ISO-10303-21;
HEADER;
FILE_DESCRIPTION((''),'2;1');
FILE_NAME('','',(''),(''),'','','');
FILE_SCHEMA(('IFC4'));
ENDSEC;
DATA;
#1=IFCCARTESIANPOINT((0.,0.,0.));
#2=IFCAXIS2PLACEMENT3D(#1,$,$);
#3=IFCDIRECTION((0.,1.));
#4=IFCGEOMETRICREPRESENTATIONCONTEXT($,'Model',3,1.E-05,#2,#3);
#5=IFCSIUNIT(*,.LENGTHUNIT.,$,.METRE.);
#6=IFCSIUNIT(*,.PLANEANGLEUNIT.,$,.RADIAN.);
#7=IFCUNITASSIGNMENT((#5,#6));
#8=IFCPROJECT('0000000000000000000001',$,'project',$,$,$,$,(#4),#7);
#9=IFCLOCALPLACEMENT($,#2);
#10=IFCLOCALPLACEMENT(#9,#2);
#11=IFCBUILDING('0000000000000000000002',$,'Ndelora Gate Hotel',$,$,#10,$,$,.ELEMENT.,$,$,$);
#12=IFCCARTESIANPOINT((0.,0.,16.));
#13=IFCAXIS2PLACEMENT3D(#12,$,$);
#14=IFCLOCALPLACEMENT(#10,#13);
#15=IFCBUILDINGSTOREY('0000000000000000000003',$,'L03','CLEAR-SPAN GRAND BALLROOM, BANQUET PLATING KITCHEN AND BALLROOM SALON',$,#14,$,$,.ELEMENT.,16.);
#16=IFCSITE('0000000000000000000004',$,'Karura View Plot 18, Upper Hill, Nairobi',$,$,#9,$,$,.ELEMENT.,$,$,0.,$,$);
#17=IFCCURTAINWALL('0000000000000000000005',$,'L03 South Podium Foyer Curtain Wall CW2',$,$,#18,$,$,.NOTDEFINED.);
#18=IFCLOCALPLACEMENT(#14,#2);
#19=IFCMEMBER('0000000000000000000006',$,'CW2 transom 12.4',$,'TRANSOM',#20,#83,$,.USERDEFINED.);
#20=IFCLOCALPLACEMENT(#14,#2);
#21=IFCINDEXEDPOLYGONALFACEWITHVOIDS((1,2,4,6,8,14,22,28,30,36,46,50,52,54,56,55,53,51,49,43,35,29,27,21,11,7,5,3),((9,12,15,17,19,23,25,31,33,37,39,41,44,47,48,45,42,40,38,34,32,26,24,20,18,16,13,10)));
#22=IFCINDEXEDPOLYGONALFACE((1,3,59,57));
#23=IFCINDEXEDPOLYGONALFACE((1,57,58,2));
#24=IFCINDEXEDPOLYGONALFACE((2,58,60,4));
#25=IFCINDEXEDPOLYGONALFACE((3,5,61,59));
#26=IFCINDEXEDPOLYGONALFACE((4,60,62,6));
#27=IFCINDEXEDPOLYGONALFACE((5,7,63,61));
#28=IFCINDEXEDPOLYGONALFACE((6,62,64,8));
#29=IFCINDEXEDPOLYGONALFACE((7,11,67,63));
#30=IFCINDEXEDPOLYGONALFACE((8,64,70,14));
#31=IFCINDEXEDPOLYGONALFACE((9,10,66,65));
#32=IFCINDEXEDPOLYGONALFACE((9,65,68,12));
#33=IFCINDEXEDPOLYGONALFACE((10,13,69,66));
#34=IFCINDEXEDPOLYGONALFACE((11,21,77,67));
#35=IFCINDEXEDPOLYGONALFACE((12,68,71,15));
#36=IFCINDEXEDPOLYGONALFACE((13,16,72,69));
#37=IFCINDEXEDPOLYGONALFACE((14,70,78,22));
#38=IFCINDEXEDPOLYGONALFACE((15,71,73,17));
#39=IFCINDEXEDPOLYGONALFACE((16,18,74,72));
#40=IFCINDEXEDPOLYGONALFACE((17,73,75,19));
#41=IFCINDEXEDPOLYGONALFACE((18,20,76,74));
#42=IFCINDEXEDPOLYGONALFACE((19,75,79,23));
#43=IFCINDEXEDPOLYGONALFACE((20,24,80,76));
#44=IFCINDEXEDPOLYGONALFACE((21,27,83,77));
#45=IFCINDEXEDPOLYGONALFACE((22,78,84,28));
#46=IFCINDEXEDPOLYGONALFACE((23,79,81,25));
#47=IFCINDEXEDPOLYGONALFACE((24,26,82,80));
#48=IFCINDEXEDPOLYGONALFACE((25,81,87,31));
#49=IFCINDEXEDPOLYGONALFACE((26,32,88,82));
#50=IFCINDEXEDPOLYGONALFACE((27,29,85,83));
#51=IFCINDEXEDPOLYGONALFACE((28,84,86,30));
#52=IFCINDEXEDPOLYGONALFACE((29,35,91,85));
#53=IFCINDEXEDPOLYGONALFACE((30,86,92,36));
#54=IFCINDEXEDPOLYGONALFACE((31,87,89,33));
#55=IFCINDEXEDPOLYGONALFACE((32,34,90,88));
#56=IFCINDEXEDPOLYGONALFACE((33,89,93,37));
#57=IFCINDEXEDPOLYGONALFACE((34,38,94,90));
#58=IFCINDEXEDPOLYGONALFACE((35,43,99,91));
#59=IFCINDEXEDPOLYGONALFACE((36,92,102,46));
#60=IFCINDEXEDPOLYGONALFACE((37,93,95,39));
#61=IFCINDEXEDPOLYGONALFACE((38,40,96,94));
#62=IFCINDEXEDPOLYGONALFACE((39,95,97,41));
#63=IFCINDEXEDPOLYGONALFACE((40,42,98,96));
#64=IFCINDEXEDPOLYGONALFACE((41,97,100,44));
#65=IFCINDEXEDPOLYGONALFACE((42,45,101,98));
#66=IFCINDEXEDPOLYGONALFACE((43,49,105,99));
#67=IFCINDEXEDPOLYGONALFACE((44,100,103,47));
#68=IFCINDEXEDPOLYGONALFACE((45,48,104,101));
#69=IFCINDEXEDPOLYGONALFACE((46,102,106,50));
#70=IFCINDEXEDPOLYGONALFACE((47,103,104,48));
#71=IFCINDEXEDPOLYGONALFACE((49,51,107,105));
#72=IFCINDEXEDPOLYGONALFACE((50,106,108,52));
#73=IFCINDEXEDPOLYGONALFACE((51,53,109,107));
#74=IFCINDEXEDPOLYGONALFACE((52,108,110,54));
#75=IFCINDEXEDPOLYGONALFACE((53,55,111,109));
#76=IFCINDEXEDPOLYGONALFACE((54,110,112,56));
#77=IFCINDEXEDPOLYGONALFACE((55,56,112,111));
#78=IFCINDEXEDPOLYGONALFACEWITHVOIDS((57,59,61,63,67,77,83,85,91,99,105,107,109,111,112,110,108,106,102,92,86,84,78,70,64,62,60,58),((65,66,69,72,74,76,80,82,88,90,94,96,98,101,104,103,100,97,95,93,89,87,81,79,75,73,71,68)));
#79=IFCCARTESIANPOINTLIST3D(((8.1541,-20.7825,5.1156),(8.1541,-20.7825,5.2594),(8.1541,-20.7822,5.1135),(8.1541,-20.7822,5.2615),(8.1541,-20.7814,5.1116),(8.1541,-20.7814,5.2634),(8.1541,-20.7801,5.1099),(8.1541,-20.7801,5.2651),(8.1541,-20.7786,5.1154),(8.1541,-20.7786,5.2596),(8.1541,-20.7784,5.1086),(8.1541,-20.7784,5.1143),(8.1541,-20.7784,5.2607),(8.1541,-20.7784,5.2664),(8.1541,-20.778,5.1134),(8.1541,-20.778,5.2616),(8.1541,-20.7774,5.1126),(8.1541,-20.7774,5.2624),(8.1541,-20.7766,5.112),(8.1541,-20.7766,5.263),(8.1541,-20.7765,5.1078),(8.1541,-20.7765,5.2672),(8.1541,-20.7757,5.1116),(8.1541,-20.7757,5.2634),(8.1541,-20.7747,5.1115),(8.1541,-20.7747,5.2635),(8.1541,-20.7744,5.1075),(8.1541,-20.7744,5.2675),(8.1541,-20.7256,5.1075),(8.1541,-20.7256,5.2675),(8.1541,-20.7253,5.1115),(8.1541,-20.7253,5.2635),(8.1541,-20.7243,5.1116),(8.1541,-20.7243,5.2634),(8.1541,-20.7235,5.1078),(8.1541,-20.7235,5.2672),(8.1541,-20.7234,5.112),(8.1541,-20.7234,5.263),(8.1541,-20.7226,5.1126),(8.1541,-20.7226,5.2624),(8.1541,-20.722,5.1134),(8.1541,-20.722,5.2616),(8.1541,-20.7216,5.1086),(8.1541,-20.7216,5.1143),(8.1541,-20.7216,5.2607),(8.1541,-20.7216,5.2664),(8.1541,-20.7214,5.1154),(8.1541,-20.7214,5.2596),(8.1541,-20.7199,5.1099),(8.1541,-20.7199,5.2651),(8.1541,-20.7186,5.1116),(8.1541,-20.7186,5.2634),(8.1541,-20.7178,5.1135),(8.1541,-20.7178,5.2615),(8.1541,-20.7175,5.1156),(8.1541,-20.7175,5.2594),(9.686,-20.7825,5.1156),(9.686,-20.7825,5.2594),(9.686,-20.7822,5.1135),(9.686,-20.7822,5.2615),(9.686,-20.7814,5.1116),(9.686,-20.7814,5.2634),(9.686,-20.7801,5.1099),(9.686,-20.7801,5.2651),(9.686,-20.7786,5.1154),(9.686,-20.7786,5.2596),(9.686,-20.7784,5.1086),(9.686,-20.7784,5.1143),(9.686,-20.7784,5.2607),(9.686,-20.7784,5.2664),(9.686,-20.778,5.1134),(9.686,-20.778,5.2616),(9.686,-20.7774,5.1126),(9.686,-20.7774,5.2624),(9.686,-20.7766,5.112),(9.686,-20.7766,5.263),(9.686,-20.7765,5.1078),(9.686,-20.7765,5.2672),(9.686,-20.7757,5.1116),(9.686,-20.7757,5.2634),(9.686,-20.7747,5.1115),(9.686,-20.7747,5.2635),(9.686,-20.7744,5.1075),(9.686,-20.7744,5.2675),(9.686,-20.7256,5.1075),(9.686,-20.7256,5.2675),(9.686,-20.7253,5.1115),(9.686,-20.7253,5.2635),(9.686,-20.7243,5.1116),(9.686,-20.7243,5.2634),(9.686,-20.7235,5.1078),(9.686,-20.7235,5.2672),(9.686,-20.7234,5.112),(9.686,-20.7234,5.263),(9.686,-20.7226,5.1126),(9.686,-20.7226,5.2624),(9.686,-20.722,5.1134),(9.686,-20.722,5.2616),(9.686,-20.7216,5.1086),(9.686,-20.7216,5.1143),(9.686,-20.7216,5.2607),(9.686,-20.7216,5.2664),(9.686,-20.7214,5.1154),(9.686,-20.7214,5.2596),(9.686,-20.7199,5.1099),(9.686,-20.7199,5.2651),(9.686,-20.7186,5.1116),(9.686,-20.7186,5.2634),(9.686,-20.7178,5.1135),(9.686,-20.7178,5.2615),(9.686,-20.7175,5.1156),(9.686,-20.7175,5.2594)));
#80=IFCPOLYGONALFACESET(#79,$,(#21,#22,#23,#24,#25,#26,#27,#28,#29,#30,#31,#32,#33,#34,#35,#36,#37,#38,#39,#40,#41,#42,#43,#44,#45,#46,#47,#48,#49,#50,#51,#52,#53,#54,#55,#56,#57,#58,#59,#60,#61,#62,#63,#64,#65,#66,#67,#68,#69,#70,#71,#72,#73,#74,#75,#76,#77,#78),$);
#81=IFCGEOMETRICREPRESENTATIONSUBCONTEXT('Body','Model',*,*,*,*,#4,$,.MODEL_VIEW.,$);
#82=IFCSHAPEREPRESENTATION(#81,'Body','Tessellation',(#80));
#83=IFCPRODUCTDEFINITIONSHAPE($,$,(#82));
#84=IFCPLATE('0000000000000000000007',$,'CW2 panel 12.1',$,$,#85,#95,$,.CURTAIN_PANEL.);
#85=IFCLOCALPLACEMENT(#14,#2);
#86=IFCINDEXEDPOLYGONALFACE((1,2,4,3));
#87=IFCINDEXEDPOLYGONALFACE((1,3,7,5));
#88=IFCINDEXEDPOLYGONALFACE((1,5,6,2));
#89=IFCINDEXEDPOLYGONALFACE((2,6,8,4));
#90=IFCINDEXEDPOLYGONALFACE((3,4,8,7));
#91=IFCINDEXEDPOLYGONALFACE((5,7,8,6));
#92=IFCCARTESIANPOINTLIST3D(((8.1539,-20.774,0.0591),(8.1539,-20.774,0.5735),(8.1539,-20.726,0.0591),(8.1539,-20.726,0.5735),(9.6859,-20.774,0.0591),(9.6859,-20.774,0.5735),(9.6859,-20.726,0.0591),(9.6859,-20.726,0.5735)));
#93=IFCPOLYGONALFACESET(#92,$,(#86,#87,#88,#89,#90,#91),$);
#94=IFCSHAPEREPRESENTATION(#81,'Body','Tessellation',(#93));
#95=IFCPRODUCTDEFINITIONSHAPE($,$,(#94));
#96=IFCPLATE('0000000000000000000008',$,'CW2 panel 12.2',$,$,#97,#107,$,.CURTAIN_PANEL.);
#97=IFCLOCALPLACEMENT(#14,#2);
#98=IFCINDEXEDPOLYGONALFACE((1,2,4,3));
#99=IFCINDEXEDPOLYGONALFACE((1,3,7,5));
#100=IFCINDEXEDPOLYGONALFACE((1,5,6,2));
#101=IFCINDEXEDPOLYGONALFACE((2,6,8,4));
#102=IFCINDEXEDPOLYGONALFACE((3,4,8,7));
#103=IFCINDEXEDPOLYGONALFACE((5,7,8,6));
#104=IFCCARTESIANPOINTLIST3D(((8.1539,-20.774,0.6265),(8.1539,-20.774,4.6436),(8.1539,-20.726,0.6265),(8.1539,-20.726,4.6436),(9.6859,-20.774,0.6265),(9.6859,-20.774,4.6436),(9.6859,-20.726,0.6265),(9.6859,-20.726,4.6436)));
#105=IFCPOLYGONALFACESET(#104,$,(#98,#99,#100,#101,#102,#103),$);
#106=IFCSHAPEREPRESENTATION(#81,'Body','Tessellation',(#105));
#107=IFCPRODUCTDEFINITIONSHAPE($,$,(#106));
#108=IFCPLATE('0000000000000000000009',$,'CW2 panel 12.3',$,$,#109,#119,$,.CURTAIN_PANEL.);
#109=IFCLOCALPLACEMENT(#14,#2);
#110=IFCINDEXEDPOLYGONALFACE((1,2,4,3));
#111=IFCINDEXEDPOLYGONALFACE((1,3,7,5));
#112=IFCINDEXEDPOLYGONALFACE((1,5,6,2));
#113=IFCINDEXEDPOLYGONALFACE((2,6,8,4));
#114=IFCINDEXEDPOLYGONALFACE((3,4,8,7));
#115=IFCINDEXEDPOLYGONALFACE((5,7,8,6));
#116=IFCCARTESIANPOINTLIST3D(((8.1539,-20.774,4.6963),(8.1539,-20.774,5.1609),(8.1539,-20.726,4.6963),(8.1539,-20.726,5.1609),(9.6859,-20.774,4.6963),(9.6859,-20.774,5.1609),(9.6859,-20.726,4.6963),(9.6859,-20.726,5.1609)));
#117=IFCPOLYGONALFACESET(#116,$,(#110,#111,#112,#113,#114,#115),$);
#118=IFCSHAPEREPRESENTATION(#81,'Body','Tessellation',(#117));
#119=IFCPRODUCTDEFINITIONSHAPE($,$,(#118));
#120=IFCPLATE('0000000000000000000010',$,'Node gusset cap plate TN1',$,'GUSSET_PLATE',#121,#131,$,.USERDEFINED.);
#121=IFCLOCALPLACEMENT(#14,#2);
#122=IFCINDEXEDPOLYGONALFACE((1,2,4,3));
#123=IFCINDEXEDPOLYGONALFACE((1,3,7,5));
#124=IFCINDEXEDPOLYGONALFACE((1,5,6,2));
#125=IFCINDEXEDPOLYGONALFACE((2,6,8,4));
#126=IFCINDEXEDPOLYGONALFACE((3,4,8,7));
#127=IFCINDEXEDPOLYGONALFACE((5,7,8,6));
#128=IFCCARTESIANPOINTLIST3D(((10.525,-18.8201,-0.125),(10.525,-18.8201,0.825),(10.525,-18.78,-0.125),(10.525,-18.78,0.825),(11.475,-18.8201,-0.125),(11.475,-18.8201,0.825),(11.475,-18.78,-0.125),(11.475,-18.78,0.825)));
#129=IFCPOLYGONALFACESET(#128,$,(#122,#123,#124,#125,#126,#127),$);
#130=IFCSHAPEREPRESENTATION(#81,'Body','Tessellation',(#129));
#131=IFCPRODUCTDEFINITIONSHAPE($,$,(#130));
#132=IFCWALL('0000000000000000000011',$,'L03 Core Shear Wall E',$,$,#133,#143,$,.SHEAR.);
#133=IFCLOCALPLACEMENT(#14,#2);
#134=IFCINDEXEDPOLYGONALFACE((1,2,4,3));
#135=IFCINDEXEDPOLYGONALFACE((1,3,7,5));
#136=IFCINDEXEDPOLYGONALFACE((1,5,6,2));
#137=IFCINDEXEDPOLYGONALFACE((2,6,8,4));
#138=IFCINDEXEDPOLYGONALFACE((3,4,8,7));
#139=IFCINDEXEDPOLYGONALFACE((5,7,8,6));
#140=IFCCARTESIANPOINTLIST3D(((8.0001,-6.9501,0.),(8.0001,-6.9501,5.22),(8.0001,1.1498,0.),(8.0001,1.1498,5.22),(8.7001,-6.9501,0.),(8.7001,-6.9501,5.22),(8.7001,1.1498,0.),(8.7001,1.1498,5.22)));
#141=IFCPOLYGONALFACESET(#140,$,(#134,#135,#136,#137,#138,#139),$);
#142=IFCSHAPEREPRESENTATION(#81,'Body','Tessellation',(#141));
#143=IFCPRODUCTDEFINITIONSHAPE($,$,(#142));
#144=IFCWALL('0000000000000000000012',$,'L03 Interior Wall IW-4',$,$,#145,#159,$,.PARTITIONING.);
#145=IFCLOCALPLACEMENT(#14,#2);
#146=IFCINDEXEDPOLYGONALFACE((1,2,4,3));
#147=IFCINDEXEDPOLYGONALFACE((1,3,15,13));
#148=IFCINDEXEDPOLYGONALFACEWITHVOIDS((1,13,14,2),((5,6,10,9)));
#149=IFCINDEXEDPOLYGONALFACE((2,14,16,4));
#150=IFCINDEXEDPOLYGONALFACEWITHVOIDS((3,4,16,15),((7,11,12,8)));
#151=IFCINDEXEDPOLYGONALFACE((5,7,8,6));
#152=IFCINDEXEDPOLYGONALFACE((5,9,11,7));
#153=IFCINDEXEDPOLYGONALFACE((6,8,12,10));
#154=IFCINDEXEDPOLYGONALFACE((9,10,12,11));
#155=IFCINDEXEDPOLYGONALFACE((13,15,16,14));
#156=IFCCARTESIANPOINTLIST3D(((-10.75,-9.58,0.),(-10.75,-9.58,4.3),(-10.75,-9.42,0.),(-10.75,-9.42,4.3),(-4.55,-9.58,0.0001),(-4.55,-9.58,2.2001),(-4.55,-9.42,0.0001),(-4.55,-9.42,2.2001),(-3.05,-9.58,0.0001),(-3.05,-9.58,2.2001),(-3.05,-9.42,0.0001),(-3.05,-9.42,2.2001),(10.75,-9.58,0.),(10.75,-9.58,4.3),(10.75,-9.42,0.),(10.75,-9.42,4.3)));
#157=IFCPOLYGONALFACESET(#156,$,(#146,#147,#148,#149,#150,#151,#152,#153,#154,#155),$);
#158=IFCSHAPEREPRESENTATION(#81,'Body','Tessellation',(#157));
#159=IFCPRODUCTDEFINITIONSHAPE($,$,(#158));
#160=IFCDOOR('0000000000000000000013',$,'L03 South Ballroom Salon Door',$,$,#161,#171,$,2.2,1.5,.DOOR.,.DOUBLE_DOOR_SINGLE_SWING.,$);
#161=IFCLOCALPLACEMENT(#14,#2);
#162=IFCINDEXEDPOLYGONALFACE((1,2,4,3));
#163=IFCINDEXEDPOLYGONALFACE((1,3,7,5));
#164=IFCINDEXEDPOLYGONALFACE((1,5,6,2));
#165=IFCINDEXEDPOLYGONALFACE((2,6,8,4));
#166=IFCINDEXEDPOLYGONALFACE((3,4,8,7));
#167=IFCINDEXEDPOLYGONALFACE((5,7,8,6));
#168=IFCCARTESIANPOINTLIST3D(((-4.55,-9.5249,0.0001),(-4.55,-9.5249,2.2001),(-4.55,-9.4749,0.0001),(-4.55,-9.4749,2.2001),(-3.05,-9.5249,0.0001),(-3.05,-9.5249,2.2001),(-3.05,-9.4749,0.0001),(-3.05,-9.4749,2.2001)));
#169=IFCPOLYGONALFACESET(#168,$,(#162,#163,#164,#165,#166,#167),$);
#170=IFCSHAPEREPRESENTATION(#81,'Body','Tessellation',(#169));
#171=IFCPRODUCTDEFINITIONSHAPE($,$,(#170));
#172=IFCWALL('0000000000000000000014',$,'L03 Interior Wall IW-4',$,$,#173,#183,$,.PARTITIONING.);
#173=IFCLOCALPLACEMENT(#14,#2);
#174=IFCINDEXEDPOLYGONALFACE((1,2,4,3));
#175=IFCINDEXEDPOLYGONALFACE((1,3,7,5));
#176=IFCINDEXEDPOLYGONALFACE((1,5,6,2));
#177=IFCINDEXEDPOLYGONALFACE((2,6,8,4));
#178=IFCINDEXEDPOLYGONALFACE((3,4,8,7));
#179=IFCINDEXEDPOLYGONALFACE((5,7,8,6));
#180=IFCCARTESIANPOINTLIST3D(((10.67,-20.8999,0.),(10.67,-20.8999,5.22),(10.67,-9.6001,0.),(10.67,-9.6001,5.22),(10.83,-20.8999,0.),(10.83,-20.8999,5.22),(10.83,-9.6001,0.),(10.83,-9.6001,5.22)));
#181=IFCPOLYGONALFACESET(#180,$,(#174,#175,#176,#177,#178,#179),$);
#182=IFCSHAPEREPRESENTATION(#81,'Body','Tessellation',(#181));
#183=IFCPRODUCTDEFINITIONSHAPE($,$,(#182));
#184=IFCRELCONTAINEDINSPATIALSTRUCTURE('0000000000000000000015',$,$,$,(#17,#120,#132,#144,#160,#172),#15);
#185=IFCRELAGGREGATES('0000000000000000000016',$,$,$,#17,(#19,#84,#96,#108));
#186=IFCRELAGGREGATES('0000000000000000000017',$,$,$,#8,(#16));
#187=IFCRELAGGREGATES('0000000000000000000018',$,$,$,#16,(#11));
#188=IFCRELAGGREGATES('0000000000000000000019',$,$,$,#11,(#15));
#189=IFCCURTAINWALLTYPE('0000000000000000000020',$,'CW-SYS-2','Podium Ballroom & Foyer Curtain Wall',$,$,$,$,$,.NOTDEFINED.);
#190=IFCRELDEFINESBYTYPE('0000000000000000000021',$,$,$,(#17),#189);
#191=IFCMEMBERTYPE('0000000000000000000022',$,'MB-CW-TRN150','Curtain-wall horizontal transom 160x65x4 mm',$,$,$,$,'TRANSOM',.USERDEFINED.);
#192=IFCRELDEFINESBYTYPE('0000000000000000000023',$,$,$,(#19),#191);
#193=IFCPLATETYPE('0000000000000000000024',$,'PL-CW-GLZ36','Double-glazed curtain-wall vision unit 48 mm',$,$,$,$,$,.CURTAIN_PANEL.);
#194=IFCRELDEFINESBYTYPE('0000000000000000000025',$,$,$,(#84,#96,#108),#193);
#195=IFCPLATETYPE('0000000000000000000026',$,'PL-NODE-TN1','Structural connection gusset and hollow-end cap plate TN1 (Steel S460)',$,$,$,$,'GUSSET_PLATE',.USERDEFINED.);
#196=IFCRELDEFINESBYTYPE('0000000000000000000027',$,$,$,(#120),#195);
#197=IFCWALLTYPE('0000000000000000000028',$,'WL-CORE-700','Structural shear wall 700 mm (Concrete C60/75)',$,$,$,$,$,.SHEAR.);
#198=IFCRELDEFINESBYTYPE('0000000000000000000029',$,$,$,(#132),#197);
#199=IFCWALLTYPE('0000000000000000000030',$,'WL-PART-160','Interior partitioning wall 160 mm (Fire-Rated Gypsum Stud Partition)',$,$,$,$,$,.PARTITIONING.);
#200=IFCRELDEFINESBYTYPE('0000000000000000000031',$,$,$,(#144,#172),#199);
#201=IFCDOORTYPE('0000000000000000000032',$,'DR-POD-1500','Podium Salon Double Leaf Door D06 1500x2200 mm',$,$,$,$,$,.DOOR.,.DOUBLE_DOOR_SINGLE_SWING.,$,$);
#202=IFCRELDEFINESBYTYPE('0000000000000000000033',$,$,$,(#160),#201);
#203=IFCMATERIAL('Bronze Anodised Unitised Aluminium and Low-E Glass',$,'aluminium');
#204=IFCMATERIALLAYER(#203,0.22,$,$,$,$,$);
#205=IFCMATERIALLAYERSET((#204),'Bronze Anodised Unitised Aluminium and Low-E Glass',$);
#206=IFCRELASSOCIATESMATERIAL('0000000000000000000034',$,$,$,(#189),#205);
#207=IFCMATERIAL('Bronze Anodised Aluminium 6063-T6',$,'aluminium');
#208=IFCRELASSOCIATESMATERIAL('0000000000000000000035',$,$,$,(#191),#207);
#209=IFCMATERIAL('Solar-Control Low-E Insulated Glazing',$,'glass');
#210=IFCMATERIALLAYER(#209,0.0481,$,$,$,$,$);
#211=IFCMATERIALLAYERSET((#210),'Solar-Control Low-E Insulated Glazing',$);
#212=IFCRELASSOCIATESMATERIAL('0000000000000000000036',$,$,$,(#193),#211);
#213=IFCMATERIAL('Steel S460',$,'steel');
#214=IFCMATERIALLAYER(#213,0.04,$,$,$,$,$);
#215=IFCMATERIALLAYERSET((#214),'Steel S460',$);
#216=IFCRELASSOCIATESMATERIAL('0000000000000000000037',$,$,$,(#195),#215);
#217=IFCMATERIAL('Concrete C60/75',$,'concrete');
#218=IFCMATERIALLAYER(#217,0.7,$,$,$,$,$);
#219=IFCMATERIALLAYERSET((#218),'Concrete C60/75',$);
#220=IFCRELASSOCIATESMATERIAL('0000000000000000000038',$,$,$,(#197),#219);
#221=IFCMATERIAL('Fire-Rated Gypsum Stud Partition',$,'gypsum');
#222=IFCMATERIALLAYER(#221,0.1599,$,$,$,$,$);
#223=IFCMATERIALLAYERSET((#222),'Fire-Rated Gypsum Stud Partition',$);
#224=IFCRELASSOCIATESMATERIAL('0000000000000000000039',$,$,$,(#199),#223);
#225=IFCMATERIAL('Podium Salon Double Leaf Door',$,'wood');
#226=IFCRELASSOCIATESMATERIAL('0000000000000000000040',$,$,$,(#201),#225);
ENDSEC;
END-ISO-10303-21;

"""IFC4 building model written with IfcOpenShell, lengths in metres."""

from ifc_helpers import new_model, si_unit, direction, frame, frame_2d, origin, origin_2d, place, context, subcontext, project, spatial, rectangle, hollow_rectangle, extrude, material, layer, layer_set, material_profile, profile_set, type_object, element, fill, aggregate, save


model = new_model("IFC4")

# Units and contexts
model_context = context("Model", 3, precision=1e-05, world=origin(), true_north=direction((0.0, 1.0)))
body_context = subcontext(model_context, "Body", "Model", "MODEL_VIEW")
ifc_project = project(units=[si_unit("LENGTHUNIT", "METRE"), si_unit("PLANEANGLEUNIT", "RADIAN")], contexts=[model_context])

# Site, building, storey
site_placement = place(None, origin())
site = spatial("IfcSite", under=ifc_project, at=site_placement, Name="Karura View Plot 18, Upper Hill, Nairobi", CompositionType="ELEMENT", RefElevation=0.0)
building_placement = place(site_placement, origin())
building = spatial("IfcBuilding", under=site, at=building_placement, Name="Ndelora Gate Hotel", CompositionType="ELEMENT")
storey_placement = place(building_placement, frame((0.0, 0.0, 16.0)))
storey = spatial("IfcBuildingStorey", under=building, at=storey_placement, Name="L03", Description="CLEAR-SPAN GRAND BALLROOM, BANQUET PLATING KITCHEN AND BALLROOM SALON", CompositionType="ELEMENT", Elevation=16.0)

# Shared definitions
ifc_material_1 = material(Name="Concrete C60/75", Category="concrete")

# Shared definitions
ifc_material_2 = material(Name="Steel S460", Category="steel")

# Curtain wall, member, plates
ifc_material_3 = material(Name="Bronze Anodised Unitised Aluminium and Low-E Glass", Category="aluminium")
ifc_layer_1 = layer(ifc_material_3, 0.22)
ifc_layer_set_1 = layer_set([ifc_layer_1], Name="Bronze Anodised Unitised Aluminium and Low-E Glass")
curtain_wall_type = type_object("IfcCurtainWallType", Name="CW-SYS-2", Description="Podium Ballroom & Foyer Curtain Wall", PredefinedType="NOTDEFINED", material=ifc_layer_set_1)
curtain_wall_placement = place(storey_placement, origin())
curtain_wall = element("IfcCurtainWall", 1, at=curtain_wall_placement, inside=storey, type_object=curtain_wall_type, Name="L03 South Podium Foyer Curtain Wall CW2", PredefinedType="NOTDEFINED")
ifc_material_4 = material(Name="Bronze Anodised Aluminium 6063-T6", Category="aluminium")
ifc_material_profile_1 = material_profile(ifc_material_4, hollow_rectangle(XDim=0.0649, YDim=0.1599, WallThickness=0.0039, InnerFilletRadius=0.0039, OuterFilletRadius=0.0081, at=origin_2d()), Name="ALU 160x65x4")
ifc_profile_set_1 = profile_set([ifc_material_profile_1], Name="Bronze Anodised Aluminium 6063-T6")
member_type_1 = type_object("IfcMemberType", Name="MB-CW-TRN150", Description="Curtain-wall horizontal transom 160x65x4 mm", ElementType="TRANSOM", PredefinedType="USERDEFINED", material=ifc_profile_set_1)
member_1_placement = place(storey_placement, frame((8.1541, -20.75, 5.1875), z_axis=(1.0, 0.0, 0.0), x_axis=(0.0, 1.0, 0.0)))
member_1 = element("IfcMember", 2, at=member_1_placement, type_object=member_type_1, Name="CW2 transom 12.4", ObjectType="TRANSOM", PredefinedType="USERDEFINED", context=body_context, shape_type="SweptSolid", body=[
    extrude(hollow_rectangle(XDim=0.0649, YDim=0.1599, WallThickness=0.0039, InnerFilletRadius=0.0039, OuterFilletRadius=0.0081, at=origin_2d()), origin(), (0.0, 0.0, 1.0), 1.532),
])
ifc_material_5 = material(Name="Solar-Control Low-E Insulated Glazing", Category="glass")
ifc_layer_2 = layer(ifc_material_5, 0.0481)
ifc_layer_set_2 = layer_set([ifc_layer_2], Name="Solar-Control Low-E Insulated Glazing")
plate_type_1 = type_object("IfcPlateType", Name="PL-CW-GLZ36", Description="Double-glazed curtain-wall vision unit 48 mm", PredefinedType="CURTAIN_PANEL", material=ifc_layer_set_2)
plate_1_placement = place(storey_placement, frame((8.9199, -20.75, 0.0591), z_axis=(0.0, 0.0, 1.0), x_axis=(1.0, 0.0, 0.0)))
plate_1 = element("IfcPlate", 3, at=plate_1_placement, type_object=plate_type_1, Name="CW2 panel 12.1", PredefinedType="CURTAIN_PANEL", context=body_context, shape_type="SweptSolid", body=[
    extrude(rectangle(XDim=1.532, YDim=0.0481, at=origin_2d()), origin(), (0.0, 0.0, 1.0), 0.5144),
])
plate_2_placement = place(storey_placement, frame((8.9199, -20.75, 0.6265), z_axis=(0.0, 0.0, 1.0), x_axis=(1.0, 0.0, 0.0)))
plate_2 = element("IfcPlate", 4, at=plate_2_placement, type_object=plate_type_1, Name="CW2 panel 12.2", PredefinedType="CURTAIN_PANEL", context=body_context, shape_type="SweptSolid", body=[
    extrude(rectangle(XDim=1.532, YDim=0.0481, at=origin_2d()), origin(), (0.0, 0.0, 1.0), 4.0171),
])
plate_3_placement = place(storey_placement, frame((8.9199, -20.75, 4.6963), z_axis=(0.0, 0.0, 1.0), x_axis=(1.0, 0.0, 0.0)))
plate_3 = element("IfcPlate", 5, at=plate_3_placement, type_object=plate_type_1, Name="CW2 panel 12.3", PredefinedType="CURTAIN_PANEL", context=body_context, shape_type="SweptSolid", body=[
    extrude(rectangle(XDim=1.532, YDim=0.0481, at=origin_2d()), origin(), (0.0, 0.0, 1.0), 0.4646),
])
aggregate(curtain_wall, [member_1, plate_1, plate_2, plate_3])

# Plate
ifc_layer_3 = layer(ifc_material_2, 0.04)
ifc_layer_set_3 = layer_set([ifc_layer_3], Name="Steel S460")
plate_type_2 = type_object("IfcPlateType", Name="PL-NODE-TN1", Description="Structural connection gusset and hollow-end cap plate TN1 (Steel S460)", ElementType="GUSSET_PLATE", PredefinedType="USERDEFINED", material=ifc_layer_set_3)
plate_4_placement = place(storey_placement, frame((11.0, -18.8, -0.125), z_axis=(0.0, 0.0, 1.0), x_axis=(1.0, 0.0, 0.0)))
element("IfcPlate", 6, at=plate_4_placement, inside=storey, type_object=plate_type_2, Name="Node gusset cap plate TN1", ObjectType="GUSSET_PLATE", PredefinedType="USERDEFINED", context=body_context, shape_type="SweptSolid", body=[
    extrude(rectangle(XDim=0.95, YDim=0.04, at=origin_2d()), origin(), (0.0, 0.0, 1.0), 0.95),
])

# Wall
ifc_layer_4 = layer(ifc_material_1, 0.7)
ifc_layer_set_4 = layer_set([ifc_layer_4], Name="Concrete C60/75")
wall_type_1 = type_object("IfcWallType", Name="WL-CORE-700", Description="Structural shear wall 700 mm (Concrete C60/75)", PredefinedType="SHEAR", material=ifc_layer_set_4)
wall_1_placement = place(storey_placement, frame((8.3501, -6.95, 0.0), z_axis=(0.0, 0.0, 1.0), x_axis=(0.0, 1.0, 0.0)))
element("IfcWall", 7, at=wall_1_placement, inside=storey, type_object=wall_type_1, Name="L03 Core Shear Wall E", PredefinedType="SHEAR", context=body_context, shape_type="SweptSolid", body=[
    extrude(rectangle(XDim=8.0999, YDim=0.7, at=frame_2d((4.0498, 0.0))), origin(), (0.0, 0.0, 1.0), 5.22),
])

# Wall, opening, door
ifc_material_6 = material(Name="Fire-Rated Gypsum Stud Partition", Category="gypsum")
ifc_layer_5 = layer(ifc_material_6, 0.1599)
ifc_layer_set_5 = layer_set([ifc_layer_5], Name="Fire-Rated Gypsum Stud Partition")
wall_type_2 = type_object("IfcWallType", Name="WL-PART-160", Description="Interior partitioning wall 160 mm (Fire-Rated Gypsum Stud Partition)", PredefinedType="PARTITIONING", material=ifc_layer_set_5)
wall_2_placement = place(storey_placement, frame((10.75, -9.5, 0.0), z_axis=(0.0, 0.0, 1.0), x_axis=(-1.0, 0.0, 0.0)))
wall_2 = element("IfcWall", 8, at=wall_2_placement, inside=storey, type_object=wall_type_2, Name="L03 Interior Wall IW-4", PredefinedType="PARTITIONING", context=body_context, shape_type="SweptSolid", body=[
    extrude(rectangle(XDim=21.5, YDim=0.1599, at=frame_2d((10.75, 0.0))), origin(), (0.0, 0.0, 1.0), 4.3),
])
opening_placement = place(wall_2_placement, frame((13.8, 0.0, 0.0)))
opening = element("IfcOpeningElement", 9, at=opening_placement, cuts=wall_2, PredefinedType="OPENING", context=body_context, shape_type="SweptSolid", body=[
    extrude(rectangle(XDim=1.5, YDim=2.2, at=frame_2d((0.75, 1.1001))), frame((0.0, 0.0898, 0.0), z_axis=(0.0, -1.0, 0.0), x_axis=(1.0, 0.0, 0.0)), (0.0, 0.0, 1.0), 0.1799),
])
ifc_material_7 = material(Name="Podium Salon Double Leaf Door", Category="wood")
door_type = type_object("IfcDoorType", Name="DR-POD-1500", Description="Podium Salon Double Leaf Door D06 1500x2200 mm", OperationType="DOUBLE_DOOR_SINGLE_SWING", PredefinedType="DOOR", material=ifc_material_7)
door_placement = place(opening_placement, origin())
door = element("IfcDoor", 10, at=door_placement, inside=storey, type_object=door_type, Name="L03 South Ballroom Salon Door", OperationType="DOUBLE_DOOR_SINGLE_SWING", OverallHeight=2.2, OverallWidth=1.5, PredefinedType="DOOR", context=body_context, shape_type="SweptSolid", body=[
    extrude(rectangle(XDim=1.5, YDim=2.2, at=frame_2d((0.75, 1.1001))), frame((0.0, 0.0249, 0.0), z_axis=(0.0, -1.0, 0.0), x_axis=(1.0, 0.0, 0.0)), (0.0, 0.0, 1.0), 0.05),
])
fill(opening, door)

# Wall
wall_3_placement = place(storey_placement, frame((10.75, -20.8999, 0.0), z_axis=(0.0, 0.0, 1.0), x_axis=(0.0, 1.0, 0.0)))
element("IfcWall", 11, at=wall_3_placement, inside=storey, type_object=wall_type_2, Name="L03 Interior Wall IW-4", PredefinedType="PARTITIONING", context=body_context, shape_type="SweptSolid", body=[
    extrude(rectangle(XDim=11.2998, YDim=0.1599, at=frame_2d((5.6499, 0.0))), origin(), (0.0, 0.0, 1.0), 5.22),
])

save(model, "model.ifc")
